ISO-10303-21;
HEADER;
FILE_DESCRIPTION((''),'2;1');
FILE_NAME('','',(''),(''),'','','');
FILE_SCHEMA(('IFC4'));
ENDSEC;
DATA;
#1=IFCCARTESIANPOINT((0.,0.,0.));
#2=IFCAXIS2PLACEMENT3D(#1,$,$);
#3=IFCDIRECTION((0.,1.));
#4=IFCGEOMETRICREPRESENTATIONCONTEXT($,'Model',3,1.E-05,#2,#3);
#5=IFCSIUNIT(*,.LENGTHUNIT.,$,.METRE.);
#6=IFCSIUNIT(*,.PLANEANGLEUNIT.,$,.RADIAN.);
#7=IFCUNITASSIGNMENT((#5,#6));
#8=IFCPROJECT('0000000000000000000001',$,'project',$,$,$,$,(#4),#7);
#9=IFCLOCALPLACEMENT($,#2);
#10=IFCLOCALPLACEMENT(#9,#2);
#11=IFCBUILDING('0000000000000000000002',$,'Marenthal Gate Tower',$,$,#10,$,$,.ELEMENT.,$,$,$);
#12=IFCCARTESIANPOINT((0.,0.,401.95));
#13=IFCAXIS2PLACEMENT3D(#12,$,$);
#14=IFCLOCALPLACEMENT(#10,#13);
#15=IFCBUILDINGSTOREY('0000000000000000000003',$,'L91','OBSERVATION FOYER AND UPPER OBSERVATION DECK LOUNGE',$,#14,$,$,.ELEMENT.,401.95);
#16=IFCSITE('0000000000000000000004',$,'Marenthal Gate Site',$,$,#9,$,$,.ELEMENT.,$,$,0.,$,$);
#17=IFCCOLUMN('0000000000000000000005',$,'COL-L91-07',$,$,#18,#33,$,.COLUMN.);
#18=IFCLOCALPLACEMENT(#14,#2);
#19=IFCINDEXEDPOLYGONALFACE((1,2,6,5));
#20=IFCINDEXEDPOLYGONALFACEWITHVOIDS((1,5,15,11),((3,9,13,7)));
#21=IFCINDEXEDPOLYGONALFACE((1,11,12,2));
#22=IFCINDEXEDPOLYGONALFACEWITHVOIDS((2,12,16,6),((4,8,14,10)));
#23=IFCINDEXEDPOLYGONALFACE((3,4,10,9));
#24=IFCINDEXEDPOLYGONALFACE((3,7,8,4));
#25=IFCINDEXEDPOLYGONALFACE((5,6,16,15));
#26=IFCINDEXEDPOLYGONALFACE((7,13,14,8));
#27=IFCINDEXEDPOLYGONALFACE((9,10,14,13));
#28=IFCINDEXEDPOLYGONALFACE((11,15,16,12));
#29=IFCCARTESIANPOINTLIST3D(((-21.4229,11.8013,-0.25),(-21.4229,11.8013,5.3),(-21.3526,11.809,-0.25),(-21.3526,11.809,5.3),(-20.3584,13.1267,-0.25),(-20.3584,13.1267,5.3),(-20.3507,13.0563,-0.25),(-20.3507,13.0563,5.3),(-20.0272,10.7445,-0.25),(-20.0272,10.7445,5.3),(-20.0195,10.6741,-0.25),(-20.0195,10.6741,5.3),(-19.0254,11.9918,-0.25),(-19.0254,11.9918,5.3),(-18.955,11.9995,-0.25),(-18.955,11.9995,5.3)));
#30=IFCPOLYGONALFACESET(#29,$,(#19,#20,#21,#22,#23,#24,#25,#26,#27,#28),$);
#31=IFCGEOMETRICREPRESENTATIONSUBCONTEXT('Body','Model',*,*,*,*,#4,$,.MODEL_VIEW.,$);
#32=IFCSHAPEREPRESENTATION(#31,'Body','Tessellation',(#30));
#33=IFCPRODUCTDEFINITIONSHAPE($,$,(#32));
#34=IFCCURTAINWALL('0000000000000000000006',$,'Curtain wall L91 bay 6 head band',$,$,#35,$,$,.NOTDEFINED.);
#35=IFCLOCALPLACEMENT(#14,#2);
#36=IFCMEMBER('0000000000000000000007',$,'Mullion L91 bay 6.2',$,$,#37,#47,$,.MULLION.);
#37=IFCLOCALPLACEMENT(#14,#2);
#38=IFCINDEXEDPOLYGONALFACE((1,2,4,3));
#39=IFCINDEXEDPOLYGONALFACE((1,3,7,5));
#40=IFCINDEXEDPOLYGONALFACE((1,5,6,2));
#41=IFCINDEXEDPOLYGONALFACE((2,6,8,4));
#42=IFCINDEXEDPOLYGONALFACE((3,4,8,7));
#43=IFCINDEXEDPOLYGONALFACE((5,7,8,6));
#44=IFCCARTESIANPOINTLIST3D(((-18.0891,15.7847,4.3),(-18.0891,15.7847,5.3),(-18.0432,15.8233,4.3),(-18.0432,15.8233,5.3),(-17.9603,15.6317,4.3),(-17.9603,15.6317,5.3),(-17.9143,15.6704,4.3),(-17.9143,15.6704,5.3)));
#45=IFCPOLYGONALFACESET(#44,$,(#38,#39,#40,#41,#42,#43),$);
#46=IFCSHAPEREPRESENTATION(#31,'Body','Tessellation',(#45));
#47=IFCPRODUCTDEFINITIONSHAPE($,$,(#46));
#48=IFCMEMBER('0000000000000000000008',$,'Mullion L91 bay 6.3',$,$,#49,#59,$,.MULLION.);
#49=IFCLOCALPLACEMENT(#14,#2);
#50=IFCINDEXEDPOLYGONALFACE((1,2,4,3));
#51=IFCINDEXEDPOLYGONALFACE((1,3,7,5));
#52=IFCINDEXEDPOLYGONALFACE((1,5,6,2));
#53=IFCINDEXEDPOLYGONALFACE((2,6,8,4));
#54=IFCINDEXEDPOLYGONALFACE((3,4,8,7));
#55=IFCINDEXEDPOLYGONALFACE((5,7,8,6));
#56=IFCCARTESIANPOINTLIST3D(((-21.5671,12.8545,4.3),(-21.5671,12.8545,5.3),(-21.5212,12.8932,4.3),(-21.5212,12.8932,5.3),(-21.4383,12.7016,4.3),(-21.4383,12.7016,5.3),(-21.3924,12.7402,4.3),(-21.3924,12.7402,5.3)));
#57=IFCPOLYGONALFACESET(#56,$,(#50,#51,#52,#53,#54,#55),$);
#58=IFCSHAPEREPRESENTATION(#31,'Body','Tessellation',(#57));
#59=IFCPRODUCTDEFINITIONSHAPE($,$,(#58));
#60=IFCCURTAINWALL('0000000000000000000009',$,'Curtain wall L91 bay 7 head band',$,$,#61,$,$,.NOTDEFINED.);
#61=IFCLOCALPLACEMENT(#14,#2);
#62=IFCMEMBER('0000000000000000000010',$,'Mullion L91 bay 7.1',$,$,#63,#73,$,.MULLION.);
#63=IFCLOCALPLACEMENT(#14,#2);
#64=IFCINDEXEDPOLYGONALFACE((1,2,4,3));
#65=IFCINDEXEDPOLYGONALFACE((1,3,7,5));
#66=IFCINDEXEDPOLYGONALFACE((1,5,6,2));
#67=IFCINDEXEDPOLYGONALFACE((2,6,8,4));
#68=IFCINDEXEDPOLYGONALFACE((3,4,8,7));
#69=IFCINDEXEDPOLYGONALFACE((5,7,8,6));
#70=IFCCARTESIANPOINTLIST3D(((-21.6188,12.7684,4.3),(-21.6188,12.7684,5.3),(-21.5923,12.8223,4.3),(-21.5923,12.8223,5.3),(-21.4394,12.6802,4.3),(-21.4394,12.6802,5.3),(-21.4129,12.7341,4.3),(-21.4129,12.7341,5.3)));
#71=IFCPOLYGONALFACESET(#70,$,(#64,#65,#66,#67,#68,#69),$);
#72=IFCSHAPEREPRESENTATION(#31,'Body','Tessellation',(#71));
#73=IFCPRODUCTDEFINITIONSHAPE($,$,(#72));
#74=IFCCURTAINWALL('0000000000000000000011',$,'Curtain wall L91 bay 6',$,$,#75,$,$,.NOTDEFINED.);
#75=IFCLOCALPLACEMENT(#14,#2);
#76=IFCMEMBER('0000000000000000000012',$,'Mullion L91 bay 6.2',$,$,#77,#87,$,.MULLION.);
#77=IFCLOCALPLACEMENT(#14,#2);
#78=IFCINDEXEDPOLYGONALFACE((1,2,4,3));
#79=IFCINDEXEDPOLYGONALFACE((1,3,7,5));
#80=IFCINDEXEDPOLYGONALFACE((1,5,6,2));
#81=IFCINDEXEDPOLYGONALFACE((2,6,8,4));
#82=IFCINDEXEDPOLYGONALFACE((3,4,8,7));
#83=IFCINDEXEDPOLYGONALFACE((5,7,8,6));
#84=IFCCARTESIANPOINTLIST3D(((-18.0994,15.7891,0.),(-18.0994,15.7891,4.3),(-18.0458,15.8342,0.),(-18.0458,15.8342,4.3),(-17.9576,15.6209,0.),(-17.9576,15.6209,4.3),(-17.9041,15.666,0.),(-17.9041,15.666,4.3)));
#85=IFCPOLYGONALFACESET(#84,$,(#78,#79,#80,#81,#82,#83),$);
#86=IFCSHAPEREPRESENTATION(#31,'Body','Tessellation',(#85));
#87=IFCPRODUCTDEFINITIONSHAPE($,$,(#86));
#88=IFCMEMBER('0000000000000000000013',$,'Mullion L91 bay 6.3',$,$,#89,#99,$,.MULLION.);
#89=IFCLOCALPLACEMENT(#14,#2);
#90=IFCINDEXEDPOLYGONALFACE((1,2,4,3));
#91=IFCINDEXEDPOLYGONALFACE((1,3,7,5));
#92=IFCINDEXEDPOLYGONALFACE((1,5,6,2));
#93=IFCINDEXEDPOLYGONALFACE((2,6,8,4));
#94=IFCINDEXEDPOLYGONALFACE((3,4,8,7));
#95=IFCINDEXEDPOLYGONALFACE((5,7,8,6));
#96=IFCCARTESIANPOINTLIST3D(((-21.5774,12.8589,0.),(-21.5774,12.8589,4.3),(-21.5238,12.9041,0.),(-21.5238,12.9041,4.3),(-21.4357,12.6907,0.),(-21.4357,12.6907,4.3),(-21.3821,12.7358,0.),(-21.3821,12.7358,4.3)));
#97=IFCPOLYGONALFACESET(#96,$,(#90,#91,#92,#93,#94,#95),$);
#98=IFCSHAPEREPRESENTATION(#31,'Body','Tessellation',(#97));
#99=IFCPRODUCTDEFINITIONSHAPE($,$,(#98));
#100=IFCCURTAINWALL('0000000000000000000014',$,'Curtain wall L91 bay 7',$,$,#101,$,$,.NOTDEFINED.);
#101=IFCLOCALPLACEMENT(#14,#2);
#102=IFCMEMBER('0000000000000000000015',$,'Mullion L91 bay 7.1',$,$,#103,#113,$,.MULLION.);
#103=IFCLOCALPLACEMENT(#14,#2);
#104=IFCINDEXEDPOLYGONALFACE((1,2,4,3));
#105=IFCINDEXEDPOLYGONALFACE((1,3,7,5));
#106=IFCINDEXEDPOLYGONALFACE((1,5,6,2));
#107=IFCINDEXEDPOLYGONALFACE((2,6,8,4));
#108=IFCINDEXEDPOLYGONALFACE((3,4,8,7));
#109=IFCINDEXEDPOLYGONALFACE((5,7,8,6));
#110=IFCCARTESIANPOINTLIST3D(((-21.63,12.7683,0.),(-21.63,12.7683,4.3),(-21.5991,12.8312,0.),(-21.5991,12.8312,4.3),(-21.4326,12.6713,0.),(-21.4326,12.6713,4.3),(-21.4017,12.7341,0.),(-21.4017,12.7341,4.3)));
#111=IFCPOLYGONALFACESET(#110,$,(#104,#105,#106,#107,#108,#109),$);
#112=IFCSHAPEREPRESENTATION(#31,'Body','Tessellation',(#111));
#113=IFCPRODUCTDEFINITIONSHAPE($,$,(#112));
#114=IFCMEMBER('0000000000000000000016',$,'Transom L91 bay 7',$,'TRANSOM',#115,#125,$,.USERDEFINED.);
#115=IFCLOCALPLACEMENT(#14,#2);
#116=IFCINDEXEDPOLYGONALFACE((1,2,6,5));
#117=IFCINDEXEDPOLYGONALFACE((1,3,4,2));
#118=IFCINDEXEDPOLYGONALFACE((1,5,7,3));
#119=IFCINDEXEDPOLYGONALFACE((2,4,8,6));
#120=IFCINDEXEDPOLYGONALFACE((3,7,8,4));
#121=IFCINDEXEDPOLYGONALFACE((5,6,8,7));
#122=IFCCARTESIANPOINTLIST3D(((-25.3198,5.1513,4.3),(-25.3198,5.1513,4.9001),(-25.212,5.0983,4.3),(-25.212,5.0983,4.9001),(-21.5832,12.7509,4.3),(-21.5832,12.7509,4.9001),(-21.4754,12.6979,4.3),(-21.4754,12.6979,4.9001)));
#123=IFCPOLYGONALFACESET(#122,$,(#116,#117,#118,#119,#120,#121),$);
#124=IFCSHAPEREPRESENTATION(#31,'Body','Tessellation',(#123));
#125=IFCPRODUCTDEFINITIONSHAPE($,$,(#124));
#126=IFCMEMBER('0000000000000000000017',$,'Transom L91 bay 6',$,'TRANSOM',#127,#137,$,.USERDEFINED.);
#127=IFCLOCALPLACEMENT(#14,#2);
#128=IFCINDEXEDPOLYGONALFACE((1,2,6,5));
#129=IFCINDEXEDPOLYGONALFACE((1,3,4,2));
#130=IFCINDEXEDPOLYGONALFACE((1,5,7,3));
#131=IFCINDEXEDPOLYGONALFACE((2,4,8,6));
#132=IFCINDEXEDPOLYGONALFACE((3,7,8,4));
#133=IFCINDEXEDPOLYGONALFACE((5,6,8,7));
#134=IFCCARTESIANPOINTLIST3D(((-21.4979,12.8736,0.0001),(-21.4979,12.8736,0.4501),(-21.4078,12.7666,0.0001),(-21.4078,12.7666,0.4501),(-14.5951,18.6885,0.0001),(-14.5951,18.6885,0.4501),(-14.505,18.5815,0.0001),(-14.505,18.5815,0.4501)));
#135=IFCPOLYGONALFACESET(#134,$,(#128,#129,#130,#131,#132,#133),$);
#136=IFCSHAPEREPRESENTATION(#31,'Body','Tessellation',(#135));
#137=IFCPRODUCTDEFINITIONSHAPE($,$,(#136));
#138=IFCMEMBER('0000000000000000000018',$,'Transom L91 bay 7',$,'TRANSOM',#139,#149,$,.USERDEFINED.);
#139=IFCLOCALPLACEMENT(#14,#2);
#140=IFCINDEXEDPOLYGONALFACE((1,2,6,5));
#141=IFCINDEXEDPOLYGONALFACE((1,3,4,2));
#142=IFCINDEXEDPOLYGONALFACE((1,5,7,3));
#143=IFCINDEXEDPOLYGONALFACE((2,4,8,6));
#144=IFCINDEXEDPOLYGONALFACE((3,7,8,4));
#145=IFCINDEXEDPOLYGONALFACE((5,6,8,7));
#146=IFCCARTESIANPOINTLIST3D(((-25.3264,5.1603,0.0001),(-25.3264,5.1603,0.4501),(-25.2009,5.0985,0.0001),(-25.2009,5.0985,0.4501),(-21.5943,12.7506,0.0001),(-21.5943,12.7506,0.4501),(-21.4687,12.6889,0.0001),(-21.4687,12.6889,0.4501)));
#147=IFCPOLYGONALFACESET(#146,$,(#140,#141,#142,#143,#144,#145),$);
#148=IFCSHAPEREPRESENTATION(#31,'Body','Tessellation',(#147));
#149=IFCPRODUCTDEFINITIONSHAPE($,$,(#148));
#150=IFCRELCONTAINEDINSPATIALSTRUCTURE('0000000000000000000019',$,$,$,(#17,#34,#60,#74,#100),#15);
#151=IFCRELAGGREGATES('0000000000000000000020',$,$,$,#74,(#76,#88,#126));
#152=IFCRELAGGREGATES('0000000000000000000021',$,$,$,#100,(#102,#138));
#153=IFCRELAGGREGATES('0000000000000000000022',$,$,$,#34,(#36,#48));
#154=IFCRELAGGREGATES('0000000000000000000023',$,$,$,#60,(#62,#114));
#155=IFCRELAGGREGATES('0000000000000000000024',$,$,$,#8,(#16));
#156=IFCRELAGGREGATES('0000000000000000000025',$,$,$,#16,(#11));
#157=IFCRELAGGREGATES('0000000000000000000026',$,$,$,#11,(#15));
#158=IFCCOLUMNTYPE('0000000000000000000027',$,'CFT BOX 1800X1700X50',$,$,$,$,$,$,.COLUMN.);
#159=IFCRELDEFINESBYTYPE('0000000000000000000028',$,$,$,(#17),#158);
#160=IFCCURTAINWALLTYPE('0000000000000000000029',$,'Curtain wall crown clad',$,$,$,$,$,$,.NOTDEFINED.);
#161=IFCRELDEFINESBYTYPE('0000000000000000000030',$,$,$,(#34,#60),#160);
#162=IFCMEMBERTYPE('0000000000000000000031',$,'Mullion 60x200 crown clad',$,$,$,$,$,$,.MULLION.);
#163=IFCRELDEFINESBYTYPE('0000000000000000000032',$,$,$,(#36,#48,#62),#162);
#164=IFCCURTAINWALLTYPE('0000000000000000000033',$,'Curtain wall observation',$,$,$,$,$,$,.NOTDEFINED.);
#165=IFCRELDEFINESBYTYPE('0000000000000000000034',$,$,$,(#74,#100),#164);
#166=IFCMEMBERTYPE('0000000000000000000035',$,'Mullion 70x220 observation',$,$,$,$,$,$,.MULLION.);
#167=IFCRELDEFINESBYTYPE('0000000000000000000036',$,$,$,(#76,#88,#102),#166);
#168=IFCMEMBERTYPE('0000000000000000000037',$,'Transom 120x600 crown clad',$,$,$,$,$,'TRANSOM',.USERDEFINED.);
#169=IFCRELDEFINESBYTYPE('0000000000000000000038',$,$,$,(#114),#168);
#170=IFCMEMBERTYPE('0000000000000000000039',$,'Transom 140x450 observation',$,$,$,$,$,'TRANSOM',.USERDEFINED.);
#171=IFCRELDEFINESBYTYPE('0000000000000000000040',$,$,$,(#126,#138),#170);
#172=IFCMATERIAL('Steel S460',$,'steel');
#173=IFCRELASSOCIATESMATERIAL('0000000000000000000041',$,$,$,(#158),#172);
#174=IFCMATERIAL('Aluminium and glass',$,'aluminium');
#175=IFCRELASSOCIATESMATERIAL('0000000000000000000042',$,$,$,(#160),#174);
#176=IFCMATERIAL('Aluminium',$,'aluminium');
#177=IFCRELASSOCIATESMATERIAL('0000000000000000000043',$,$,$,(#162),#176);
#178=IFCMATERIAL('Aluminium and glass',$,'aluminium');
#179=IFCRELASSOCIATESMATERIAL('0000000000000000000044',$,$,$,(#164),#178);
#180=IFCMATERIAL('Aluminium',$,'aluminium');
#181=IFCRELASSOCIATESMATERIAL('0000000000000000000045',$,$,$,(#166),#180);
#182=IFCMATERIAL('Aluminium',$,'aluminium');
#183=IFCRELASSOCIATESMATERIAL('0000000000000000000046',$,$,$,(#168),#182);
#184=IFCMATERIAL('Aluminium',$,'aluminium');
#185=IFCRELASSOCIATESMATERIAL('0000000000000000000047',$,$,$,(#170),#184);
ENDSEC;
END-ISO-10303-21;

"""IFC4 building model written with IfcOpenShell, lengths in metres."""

from ifc_helpers import new_model, si_unit, direction, frame, origin, origin_2d, place, context, subcontext, project, spatial, rectangle, hollow_rectangle, extrude, material, material_profile, profile_set, type_object, element, aggregate, save


model = new_model("IFC4")

# Units and contexts
model_context = context("Model", 3, precision=1e-05, world=origin(), true_north=direction((0.0, 1.0)))
body_context = subcontext(model_context, "Body", "Model", "MODEL_VIEW")
ifc_project = project(units=[si_unit("LENGTHUNIT", "METRE"), si_unit("PLANEANGLEUNIT", "RADIAN")], contexts=[model_context])

# Site, building, storey
site_placement = place(None, origin())
site = spatial("IfcSite", under=ifc_project, at=site_placement, Name="Marenthal Gate Site", CompositionType="ELEMENT", RefElevation=0.0)
building_placement = place(site_placement, origin())
building = spatial("IfcBuilding", under=site, at=building_placement, Name="Marenthal Gate Tower", CompositionType="ELEMENT")
storey_placement = place(building_placement, frame((0.0, 0.0, 401.95)))
storey = spatial("IfcBuildingStorey", under=building, at=storey_placement, Name="L91", Description="OBSERVATION FOYER AND UPPER OBSERVATION DECK LOUNGE", CompositionType="ELEMENT", Elevation=401.95)

# Column
ifc_material_1 = material(Name="Steel S460", Category="steel")
ifc_material_profile_1 = material_profile(ifc_material_1, hollow_rectangle(XDim=1.7, YDim=1.8, WallThickness=0.05, at=origin_2d()), Name="CFT BOX 1800X1700X50")
ifc_material_2 = material(Name="Concrete 70 MPa", Category="concrete")
ifc_material_profile_2 = material_profile(ifc_material_2, rectangle(XDim=1.6001, YDim=1.7, at=origin_2d()), Name="CFT BOX 1800X1700X50 INFILL")
ifc_profile_set_1 = profile_set([ifc_material_profile_1, ifc_material_profile_2], Name="Steel S460 shell, Concrete 70 MPa infill")
column_type = type_object("IfcColumnType", Name="CFT BOX 1800X1700X50", PredefinedType="COLUMN", material=ifc_profile_set_1)
column_placement = place(storey_placement, frame((-20.189, 11.9004, -0.25), z_axis=(0.0, 0.0, 1.0), x_axis=(0.626198, 0.779664, 0.0)))
element("IfcColumn", 1, at=column_placement, inside=storey, type_object=column_type, Name="COL-L91-07", PredefinedType="COLUMN", context=body_context, shape_type="SweptSolid", body=[
    extrude(hollow_rectangle(XDim=1.7, YDim=1.8, WallThickness=0.05, at=origin_2d()), origin(), (0.0, 0.0, 1.0), 5.55),
])

# Curtain wall, members
ifc_material_3 = material(Name="Aluminium and glass", Category="aluminium")
curtain_wall_type_1 = type_object("IfcCurtainWallType", Name="Curtain wall crown clad", PredefinedType="NOTDEFINED", material=ifc_material_3)
curtain_wall_1_placement = place(storey_placement, origin())
curtain_wall_1 = element("IfcCurtainWall", 2, at=curtain_wall_1_placement, inside=storey, type_object=curtain_wall_type_1, Name="Curtain wall L91 bay 6 head band", PredefinedType="NOTDEFINED")
ifc_material_4 = material(Name="Aluminium", Category="aluminium")
ifc_material_profile_3 = material_profile(ifc_material_4, rectangle(XDim=0.2, YDim=0.0601, at=origin_2d()), Name="60x200 aluminium mullion")
ifc_profile_set_2 = profile_set([ifc_material_profile_3], Name="Aluminium")
member_type_1 = type_object("IfcMemberType", Name="Mullion 60x200 crown clad", PredefinedType="MULLION", material=ifc_profile_set_2)
member_1_placement = place(storey_placement, frame((-18.0017, 15.7275, 4.3), z_axis=(0.0, 0.0, 1.0), x_axis=(0.644265, -0.764802, 0.0)))
member_1 = element("IfcMember", 3, at=member_1_placement, type_object=member_type_1, Name="Mullion L91 bay 6.2", PredefinedType="MULLION", context=body_context, shape_type="SweptSolid", body=[
    extrude(rectangle(XDim=0.2, YDim=0.0601, at=origin_2d()), origin(), (0.0, 0.0, 1.0), 1.0),
])
member_2_placement = place(storey_placement, frame((-21.4797, 12.7974, 4.3), z_axis=(0.0, 0.0, 1.0), x_axis=(0.644265, -0.764802, 0.0)))
member_2 = element("IfcMember", 4, at=member_2_placement, type_object=member_type_1, Name="Mullion L91 bay 6.3", PredefinedType="MULLION", context=body_context, shape_type="SweptSolid", body=[
    extrude(rectangle(XDim=0.2, YDim=0.0601, at=origin_2d()), origin(), (0.0, 0.0, 1.0), 1.0),
])

# Curtain wall, member
curtain_wall_2_placement = place(storey_placement, origin())
curtain_wall_2 = element("IfcCurtainWall", 5, at=curtain_wall_2_placement, inside=storey, type_object=curtain_wall_type_1, Name="Curtain wall L91 bay 7 head band", PredefinedType="NOTDEFINED")
member_3_placement = place(storey_placement, frame((-21.5159, 12.7512, 4.3), z_axis=(0.0, 0.0, 1.0), x_axis=(0.897386, -0.441247, 0.0)))
member_3 = element("IfcMember", 6, at=member_3_placement, type_object=member_type_1, Name="Mullion L91 bay 7.1", PredefinedType="MULLION", context=body_context, shape_type="SweptSolid", body=[
    extrude(rectangle(XDim=0.2, YDim=0.0601, at=origin_2d()), origin(), (0.0, 0.0, 1.0), 1.0),
])

# Curtain wall, members
ifc_material_5 = material(Name="Aluminium and glass", Category="aluminium")
curtain_wall_type_2 = type_object("IfcCurtainWallType", Name="Curtain wall observation", PredefinedType="NOTDEFINED", material=ifc_material_5)
curtain_wall_3_placement = place(storey_placement, origin())
curtain_wall_3 = element("IfcCurtainWall", 7, at=curtain_wall_3_placement, inside=storey, type_object=curtain_wall_type_2, Name="Curtain wall L91 bay 6", PredefinedType="NOTDEFINED")
ifc_material_6 = material(Name="Aluminium", Category="aluminium")
ifc_material_profile_4 = material_profile(ifc_material_6, rectangle(XDim=0.22, YDim=0.0701, at=origin_2d()), Name="70x220 aluminium mullion")
ifc_profile_set_3 = profile_set([ifc_material_profile_4], Name="Aluminium")
member_type_2 = type_object("IfcMemberType", Name="Mullion 70x220 observation", PredefinedType="MULLION", material=ifc_profile_set_3)
member_4_placement = place(storey_placement, frame((-18.0017, 15.7275, 0.0), z_axis=(0.0, 0.0, 1.0), x_axis=(0.644265, -0.764802, 0.0)))
member_4 = element("IfcMember", 8, at=member_4_placement, type_object=member_type_2, Name="Mullion L91 bay 6.2", PredefinedType="MULLION", context=body_context, shape_type="SweptSolid", body=[
    extrude(rectangle(XDim=0.22, YDim=0.0701, at=origin_2d()), origin(), (0.0, 0.0, 1.0), 4.3),
])
member_5_placement = place(storey_placement, frame((-21.4797, 12.7974, 0.0), z_axis=(0.0, 0.0, 1.0), x_axis=(0.644265, -0.764802, 0.0)))
member_5 = element("IfcMember", 9, at=member_5_placement, type_object=member_type_2, Name="Mullion L91 bay 6.3", PredefinedType="MULLION", context=body_context, shape_type="SweptSolid", body=[
    extrude(rectangle(XDim=0.22, YDim=0.0701, at=origin_2d()), origin(), (0.0, 0.0, 1.0), 4.3),
])

# Curtain wall, member
curtain_wall_4_placement = place(storey_placement, origin())
curtain_wall_4 = element("IfcCurtainWall", 10, at=curtain_wall_4_placement, inside=storey, type_object=curtain_wall_type_2, Name="Curtain wall L91 bay 7", PredefinedType="NOTDEFINED")
member_6_placement = place(storey_placement, frame((-21.5159, 12.7512, 0.0), z_axis=(0.0, 0.0, 1.0), x_axis=(0.897386, -0.441247, 0.0)))
member_6 = element("IfcMember", 11, at=member_6_placement, type_object=member_type_2, Name="Mullion L91 bay 7.1", PredefinedType="MULLION", context=body_context, shape_type="SweptSolid", body=[
    extrude(rectangle(XDim=0.22, YDim=0.0701, at=origin_2d()), origin(), (0.0, 0.0, 1.0), 4.3),
])

# Members
ifc_material_7 = material(Name="Aluminium", Category="aluminium")
ifc_material_profile_5 = material_profile(ifc_material_7, rectangle(XDim=0.1201, YDim=0.6001, at=origin_2d()), Name="120x600 aluminium transom")
ifc_profile_set_4 = profile_set([ifc_material_profile_5], Name="Aluminium")
member_type_3 = type_object("IfcMemberType", Name="Transom 120x600 crown clad", ElementType="TRANSOM", PredefinedType="USERDEFINED", material=ifc_profile_set_4)
member_7_placement = place(storey_placement, frame((-21.5293, 12.7244, 4.6001), z_axis=(-0.44123, -0.897394, 0.0), x_axis=(0.897394, -0.44123, 0.0)))
member_7 = element("IfcMember", 12, at=member_7_placement, type_object=member_type_3, Name="Transom L91 bay 7", ObjectType="TRANSOM", PredefinedType="USERDEFINED", context=body_context, shape_type="SweptSolid", body=[
    extrude(rectangle(XDim=0.1201, YDim=0.6001, at=origin_2d()), origin(), (0.0, 0.0, 1.0), 8.4685),
])
ifc_material_8 = material(Name="Aluminium", Category="aluminium")
ifc_material_profile_6 = material_profile(ifc_material_8, rectangle(XDim=0.1399, YDim=0.45, at=origin_2d()), Name="140x450 aluminium transom")
ifc_profile_set_5 = profile_set([ifc_material_profile_6], Name="Aluminium")
member_type_4 = type_object("IfcMemberType", Name="Transom 140x450 observation", ElementType="TRANSOM", PredefinedType="USERDEFINED", material=ifc_profile_set_5)
member_8_placement = place(storey_placement, frame((-14.55, 18.635, 0.2251), z_axis=(-0.7648, -0.644267, 0.0), x_axis=(0.644267, -0.7648, 0.0)))
member_8 = element("IfcMember", 13, at=member_8_placement, type_object=member_type_4, Name="Transom L91 bay 6", ObjectType="TRANSOM", PredefinedType="USERDEFINED", context=body_context, shape_type="SweptSolid", body=[
    extrude(rectangle(XDim=0.1399, YDim=0.45, at=origin_2d()), origin(), (0.0, 0.0, 1.0), 9.0256),
])
member_9_placement = place(storey_placement, frame((-21.5315, 12.7197, 0.2251), z_axis=(-0.441246, -0.897386, 0.0), x_axis=(0.897386, -0.441246, 0.0)))
member_9 = element("IfcMember", 14, at=member_9_placement, type_object=member_type_4, Name="Transom L91 bay 7", ObjectType="TRANSOM", PredefinedType="USERDEFINED", context=body_context, shape_type="SweptSolid", body=[
    extrude(rectangle(XDim=0.1399, YDim=0.45, at=origin_2d()), origin(), (0.0, 0.0, 1.0), 8.4583),
])

aggregate(curtain_wall_3, [member_4, member_5, member_8])
aggregate(curtain_wall_4, [member_6, member_9])
aggregate(curtain_wall_1, [member_1, member_2])
aggregate(curtain_wall_2, [member_3, member_7])

save(model, "model.ifc")
